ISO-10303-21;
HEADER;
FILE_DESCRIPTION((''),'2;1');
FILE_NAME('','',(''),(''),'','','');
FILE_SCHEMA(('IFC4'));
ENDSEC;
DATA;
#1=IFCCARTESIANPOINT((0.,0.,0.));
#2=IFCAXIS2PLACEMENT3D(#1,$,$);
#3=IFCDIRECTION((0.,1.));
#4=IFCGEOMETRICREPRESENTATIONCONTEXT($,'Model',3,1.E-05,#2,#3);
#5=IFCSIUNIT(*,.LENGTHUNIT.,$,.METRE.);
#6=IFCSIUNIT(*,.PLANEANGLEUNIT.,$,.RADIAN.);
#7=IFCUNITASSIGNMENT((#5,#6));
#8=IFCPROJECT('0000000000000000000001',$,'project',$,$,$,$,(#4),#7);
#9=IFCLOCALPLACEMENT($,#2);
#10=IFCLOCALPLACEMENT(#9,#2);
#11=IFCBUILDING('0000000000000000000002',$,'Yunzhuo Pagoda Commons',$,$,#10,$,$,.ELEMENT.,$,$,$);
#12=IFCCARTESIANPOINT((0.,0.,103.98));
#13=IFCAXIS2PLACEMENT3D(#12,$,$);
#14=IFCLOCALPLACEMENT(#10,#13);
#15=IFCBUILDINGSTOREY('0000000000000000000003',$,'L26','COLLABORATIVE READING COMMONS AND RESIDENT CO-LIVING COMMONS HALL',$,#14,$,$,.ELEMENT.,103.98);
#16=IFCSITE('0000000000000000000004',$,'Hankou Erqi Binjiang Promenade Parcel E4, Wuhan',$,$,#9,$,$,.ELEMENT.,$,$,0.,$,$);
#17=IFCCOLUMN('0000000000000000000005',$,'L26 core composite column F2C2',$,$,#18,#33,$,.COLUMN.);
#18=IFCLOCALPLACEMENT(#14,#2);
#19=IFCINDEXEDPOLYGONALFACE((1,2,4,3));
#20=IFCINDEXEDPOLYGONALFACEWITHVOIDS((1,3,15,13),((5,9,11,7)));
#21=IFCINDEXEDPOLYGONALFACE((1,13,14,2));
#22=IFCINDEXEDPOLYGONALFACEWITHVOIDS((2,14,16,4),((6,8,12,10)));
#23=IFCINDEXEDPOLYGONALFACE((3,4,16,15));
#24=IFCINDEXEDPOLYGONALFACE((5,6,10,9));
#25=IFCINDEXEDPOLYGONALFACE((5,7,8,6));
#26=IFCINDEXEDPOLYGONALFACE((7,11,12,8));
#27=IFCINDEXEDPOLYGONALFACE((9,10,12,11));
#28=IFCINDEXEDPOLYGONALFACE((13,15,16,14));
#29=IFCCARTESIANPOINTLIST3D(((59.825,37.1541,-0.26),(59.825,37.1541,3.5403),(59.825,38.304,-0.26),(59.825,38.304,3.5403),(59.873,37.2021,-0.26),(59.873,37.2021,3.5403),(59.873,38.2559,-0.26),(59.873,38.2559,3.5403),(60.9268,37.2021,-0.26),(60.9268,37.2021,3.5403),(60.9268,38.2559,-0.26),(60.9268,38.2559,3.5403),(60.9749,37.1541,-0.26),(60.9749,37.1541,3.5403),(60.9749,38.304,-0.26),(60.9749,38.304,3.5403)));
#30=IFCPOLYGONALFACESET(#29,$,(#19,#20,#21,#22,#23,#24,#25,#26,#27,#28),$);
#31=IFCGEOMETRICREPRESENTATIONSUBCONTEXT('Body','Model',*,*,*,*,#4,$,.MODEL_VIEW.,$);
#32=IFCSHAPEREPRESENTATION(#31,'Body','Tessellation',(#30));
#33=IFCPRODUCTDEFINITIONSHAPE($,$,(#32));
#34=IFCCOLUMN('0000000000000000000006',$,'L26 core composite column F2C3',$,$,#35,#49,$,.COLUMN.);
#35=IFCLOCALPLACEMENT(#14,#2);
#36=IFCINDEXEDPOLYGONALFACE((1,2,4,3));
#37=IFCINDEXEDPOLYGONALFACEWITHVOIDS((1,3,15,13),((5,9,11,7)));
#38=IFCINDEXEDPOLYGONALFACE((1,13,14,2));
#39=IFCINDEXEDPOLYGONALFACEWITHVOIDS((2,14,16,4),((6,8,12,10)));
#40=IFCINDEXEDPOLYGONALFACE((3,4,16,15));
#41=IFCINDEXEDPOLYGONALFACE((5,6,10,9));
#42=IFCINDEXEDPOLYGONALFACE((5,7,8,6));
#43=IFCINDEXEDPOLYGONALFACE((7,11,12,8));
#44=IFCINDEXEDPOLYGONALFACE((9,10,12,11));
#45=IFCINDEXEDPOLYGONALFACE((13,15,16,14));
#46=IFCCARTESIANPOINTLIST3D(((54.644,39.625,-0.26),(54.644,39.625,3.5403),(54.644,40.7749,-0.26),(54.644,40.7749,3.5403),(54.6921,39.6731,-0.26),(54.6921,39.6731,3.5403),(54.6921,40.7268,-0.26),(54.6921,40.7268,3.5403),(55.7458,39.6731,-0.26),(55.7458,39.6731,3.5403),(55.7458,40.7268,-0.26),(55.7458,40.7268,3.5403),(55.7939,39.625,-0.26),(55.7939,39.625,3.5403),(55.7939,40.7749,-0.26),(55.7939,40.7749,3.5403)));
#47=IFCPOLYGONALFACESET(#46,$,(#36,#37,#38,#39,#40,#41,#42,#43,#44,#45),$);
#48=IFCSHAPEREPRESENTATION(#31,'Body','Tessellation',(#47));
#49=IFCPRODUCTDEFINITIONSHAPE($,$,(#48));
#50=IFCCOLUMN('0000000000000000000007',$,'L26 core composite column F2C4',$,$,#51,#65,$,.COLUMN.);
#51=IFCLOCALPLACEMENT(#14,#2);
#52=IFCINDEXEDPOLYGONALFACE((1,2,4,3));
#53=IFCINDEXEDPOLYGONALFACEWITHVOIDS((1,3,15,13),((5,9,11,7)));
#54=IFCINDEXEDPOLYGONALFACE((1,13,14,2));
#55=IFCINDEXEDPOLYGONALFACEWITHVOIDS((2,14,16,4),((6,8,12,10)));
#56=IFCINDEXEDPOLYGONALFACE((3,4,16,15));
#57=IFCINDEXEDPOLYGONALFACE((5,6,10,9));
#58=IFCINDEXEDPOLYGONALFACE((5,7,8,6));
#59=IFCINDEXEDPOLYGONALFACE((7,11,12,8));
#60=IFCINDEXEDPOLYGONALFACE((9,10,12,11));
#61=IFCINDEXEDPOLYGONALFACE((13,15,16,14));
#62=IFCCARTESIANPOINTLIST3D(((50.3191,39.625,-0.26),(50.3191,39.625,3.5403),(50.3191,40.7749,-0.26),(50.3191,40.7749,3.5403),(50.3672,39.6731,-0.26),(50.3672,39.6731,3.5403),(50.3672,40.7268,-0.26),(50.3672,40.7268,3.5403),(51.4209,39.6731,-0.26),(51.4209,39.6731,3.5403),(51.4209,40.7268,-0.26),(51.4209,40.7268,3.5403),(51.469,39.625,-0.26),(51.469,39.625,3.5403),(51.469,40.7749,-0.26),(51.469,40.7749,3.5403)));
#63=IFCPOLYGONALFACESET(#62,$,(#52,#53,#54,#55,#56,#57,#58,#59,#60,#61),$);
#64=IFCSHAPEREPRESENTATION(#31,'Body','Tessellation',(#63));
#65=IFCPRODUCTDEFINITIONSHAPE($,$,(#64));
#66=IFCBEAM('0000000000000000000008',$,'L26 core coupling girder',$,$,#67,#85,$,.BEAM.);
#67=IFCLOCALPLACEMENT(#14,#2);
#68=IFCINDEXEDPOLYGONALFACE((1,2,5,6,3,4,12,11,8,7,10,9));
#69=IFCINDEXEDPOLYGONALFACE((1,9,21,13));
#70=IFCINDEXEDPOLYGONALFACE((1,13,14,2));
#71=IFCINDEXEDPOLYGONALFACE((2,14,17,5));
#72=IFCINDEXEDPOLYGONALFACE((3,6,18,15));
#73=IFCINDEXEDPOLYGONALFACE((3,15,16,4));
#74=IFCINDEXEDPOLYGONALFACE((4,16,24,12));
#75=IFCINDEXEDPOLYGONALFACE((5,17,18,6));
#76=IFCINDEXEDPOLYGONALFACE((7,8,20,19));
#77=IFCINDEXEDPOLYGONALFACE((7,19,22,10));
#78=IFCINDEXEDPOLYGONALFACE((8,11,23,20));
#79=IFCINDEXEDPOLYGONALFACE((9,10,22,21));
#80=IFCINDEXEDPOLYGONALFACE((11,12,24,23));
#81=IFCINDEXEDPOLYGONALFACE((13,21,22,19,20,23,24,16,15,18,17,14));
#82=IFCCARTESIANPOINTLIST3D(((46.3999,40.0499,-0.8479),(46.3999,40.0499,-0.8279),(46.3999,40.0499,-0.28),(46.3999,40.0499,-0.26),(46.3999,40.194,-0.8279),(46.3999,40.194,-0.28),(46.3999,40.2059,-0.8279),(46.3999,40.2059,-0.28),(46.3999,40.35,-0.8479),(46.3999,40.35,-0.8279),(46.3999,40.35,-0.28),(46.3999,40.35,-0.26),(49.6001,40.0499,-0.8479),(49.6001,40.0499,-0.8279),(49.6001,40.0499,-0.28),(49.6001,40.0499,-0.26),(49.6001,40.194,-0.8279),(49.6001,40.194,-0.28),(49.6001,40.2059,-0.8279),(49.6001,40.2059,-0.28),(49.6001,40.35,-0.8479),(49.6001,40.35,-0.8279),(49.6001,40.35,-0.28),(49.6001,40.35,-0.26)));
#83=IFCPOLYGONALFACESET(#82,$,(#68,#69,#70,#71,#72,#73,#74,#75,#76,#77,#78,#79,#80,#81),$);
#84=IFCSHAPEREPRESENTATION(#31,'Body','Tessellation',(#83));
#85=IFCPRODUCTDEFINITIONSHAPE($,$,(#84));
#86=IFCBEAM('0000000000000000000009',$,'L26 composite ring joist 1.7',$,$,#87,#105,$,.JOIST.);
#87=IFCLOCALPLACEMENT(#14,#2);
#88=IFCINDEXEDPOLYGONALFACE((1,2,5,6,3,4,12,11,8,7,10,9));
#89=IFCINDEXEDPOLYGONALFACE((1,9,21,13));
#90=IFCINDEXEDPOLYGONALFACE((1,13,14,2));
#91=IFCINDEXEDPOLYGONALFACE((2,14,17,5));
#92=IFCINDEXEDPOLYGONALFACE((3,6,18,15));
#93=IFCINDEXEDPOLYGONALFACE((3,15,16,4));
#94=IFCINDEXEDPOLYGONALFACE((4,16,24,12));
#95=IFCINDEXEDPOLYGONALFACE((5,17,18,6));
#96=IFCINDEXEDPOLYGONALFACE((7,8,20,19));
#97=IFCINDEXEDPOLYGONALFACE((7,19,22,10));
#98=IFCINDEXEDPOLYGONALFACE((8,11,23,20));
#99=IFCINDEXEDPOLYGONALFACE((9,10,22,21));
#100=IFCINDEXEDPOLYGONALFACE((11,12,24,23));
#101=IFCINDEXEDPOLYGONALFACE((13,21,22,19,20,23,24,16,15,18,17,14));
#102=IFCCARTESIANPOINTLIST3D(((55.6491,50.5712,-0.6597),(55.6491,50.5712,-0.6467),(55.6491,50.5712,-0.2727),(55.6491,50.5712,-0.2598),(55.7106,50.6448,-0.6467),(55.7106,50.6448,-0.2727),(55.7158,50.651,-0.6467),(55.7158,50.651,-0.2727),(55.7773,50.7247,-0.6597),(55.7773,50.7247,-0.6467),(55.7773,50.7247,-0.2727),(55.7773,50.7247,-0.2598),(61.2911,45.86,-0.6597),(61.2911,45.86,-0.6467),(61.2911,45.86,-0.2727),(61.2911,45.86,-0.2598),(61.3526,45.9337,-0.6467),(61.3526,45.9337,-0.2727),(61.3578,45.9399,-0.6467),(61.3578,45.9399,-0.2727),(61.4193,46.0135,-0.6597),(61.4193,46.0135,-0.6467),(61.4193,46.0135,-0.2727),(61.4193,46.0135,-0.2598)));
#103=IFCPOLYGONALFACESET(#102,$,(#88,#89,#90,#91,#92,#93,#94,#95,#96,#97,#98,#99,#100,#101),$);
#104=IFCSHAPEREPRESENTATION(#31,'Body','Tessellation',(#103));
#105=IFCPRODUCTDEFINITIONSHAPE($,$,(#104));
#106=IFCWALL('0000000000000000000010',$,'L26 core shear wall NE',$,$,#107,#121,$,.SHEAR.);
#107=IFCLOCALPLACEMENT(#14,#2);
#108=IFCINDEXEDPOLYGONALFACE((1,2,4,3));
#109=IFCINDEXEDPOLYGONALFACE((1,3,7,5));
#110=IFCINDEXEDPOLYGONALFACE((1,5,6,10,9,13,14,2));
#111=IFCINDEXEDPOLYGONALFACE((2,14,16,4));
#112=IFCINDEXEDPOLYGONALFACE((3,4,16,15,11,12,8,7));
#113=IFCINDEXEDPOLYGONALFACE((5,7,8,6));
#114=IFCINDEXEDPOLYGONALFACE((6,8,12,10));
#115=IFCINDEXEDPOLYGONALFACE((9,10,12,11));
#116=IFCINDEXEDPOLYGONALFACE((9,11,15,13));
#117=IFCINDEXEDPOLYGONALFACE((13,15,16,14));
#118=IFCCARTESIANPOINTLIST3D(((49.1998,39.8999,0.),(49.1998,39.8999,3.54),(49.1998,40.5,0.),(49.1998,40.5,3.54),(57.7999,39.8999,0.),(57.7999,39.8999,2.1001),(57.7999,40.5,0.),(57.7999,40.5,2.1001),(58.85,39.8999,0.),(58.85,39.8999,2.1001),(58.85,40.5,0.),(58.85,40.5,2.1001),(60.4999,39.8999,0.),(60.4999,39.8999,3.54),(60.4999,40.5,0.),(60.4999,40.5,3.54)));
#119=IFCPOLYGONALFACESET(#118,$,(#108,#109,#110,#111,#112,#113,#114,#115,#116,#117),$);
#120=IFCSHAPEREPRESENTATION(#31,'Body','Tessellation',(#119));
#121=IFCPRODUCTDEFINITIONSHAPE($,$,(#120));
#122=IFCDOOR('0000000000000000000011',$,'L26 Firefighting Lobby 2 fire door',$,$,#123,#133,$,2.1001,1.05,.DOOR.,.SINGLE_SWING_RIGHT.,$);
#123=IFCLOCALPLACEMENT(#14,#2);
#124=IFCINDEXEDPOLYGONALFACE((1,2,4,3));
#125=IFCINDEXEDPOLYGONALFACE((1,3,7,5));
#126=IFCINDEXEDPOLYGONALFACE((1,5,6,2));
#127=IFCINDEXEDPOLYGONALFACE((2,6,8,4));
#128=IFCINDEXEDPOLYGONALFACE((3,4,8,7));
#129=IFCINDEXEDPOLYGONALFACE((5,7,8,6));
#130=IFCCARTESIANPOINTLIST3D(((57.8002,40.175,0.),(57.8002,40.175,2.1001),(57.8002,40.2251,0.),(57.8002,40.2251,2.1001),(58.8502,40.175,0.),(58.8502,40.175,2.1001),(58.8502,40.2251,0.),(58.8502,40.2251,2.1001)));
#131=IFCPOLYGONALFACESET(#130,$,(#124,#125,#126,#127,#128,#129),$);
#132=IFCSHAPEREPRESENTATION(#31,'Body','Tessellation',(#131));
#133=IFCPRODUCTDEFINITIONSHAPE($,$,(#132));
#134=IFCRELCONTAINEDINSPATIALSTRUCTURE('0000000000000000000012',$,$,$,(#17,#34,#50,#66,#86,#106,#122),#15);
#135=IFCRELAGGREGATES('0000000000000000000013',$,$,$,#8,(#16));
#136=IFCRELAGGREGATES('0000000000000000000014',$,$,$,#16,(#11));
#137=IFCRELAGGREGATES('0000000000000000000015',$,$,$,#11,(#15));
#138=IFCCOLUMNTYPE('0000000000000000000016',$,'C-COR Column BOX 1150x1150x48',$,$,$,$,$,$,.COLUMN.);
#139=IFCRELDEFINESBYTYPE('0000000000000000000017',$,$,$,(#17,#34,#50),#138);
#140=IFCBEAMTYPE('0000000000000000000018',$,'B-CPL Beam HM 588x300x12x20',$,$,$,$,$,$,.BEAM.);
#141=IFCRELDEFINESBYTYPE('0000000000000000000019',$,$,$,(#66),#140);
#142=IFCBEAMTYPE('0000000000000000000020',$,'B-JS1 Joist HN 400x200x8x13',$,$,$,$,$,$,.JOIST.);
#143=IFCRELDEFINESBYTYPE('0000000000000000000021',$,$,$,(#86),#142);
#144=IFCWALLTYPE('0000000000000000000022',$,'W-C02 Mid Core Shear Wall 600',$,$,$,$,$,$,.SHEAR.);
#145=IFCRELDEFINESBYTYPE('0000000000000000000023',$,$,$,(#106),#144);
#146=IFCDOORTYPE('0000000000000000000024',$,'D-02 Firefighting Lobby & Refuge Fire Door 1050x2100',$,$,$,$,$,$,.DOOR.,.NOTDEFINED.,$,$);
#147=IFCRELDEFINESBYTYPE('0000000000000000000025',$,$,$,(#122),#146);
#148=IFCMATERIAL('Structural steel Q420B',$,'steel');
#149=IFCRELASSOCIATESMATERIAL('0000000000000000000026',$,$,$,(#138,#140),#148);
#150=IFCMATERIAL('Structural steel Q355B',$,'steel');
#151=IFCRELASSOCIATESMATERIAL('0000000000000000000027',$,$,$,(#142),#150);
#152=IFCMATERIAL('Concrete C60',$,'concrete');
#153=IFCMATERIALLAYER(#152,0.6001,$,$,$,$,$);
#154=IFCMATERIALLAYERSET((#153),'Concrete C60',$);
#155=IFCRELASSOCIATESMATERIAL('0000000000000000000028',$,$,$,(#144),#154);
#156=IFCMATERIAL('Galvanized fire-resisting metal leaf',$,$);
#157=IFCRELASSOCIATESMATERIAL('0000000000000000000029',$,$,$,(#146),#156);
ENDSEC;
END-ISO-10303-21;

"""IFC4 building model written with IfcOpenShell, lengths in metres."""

from ifc_helpers import new_model, si_unit, direction, frame, frame_2d, origin, origin_2d, place, context, subcontext, project, spatial, rectangle, hollow_rectangle, i_section, extrude, source, transform, mapped, material, layer, layer_set, material_profile, profile_set, type_object, element, fill, save


model = new_model("IFC4")

# Units and contexts
model_context = context("Model", 3, precision=1e-05, world=origin(), true_north=direction((0.0, 1.0)))
body_context = subcontext(model_context, "Body", "Model", "MODEL_VIEW")
ifc_project = project(units=[si_unit("LENGTHUNIT", "METRE"), si_unit("PLANEANGLEUNIT", "RADIAN")], contexts=[model_context])

# Site, building, storey
site_placement = place(None, origin())
site = spatial("IfcSite", under=ifc_project, at=site_placement, Name="Hankou Erqi Binjiang Promenade Parcel E4, Wuhan", CompositionType="ELEMENT", RefElevation=0.0)
building_placement = place(site_placement, origin())
building = spatial("IfcBuilding", under=site, at=building_placement, Name="Yunzhuo Pagoda Commons", CompositionType="ELEMENT")
storey_placement = place(building_placement, frame((0.0, 0.0, 103.98)))
storey = spatial("IfcBuildingStorey", under=building, at=storey_placement, Name="L26", Description="COLLABORATIVE READING COMMONS AND RESIDENT CO-LIVING COMMONS HALL", CompositionType="ELEMENT", Elevation=103.98)

# Columns
ifc_material_1 = material(Name="Structural steel Q420B", Category="steel")
ifc_material_profile_1 = material_profile(ifc_material_1, hollow_rectangle(XDim=1.1499, YDim=1.1499, WallThickness=0.0481, at=origin_2d()), Name="Structural steel Q420B")
ifc_profile_set_1 = profile_set([ifc_material_profile_1], Name="Structural steel Q420B")
column_type = type_object("IfcColumnType", Name="C-COR Column BOX 1150x1150x48", PredefinedType="COLUMN", material=ifc_profile_set_1)
shared_shape_1 = source(origin(), body_context, "Body", "SweptSolid", [
    extrude(hollow_rectangle(XDim=1.1499, YDim=1.1499, WallThickness=0.0481, at=origin_2d()), origin(), (0.0, 0.0, 1.0), 3.8003),
])
for number, where, z_axis, x_axis, name in (
    (1, (60.3999, 37.729, -0.26), (0.0, 0.0, 1.0), (1.0, 0.0, 0.0), "L26 core composite column F2C2"),
    (2, (55.219, 40.2, -0.26), (0.0, 0.0, 1.0), (1.0, 0.0, 0.0), "L26 core composite column F2C3"),
    (3, (50.894, 40.2, -0.26), (0.0, 0.0, 1.0), (1.0, 0.0, 0.0), "L26 core composite column F2C4"),
):
    element("IfcColumn", number, at=place(storey_placement, frame(where, z_axis=z_axis, x_axis=x_axis)), inside=storey, type_object=column_type, Name=name, PredefinedType="COLUMN", context=body_context, shape_type="MappedRepresentation", body=[
        mapped(shared_shape_1, transform((0.0, 0.0, 0.0), scale=1.0)),
    ])

# Beams
ifc_material_profile_2 = material_profile(ifc_material_1, i_section(OverallWidth=0.3, OverallDepth=0.5879, WebThickness=0.012, FlangeThickness=0.02, at=origin_2d()), Name="Structural steel Q420B")
ifc_profile_set_2 = profile_set([ifc_material_profile_2], Name="Structural steel Q420B")
beam_type_1 = type_object("IfcBeamType", Name="B-CPL Beam HM 588x300x12x20", PredefinedType="BEAM", material=ifc_profile_set_2)
shared_shape_2 = source(origin(), body_context, "Body", "SweptSolid", [
    extrude(i_section(OverallWidth=0.3, OverallDepth=0.5879, WebThickness=0.012, FlangeThickness=0.02, at=origin_2d()), origin(), (0.0, 0.0, 1.0), 3.2002),
])
beam_1_placement = place(storey_placement, frame((46.3999, 40.2, -0.554), z_axis=(1.0, 0.0, 0.0), x_axis=(0.0, 1.0, 0.0)))
element("IfcBeam", 4, at=beam_1_placement, inside=storey, type_object=beam_type_1, Name="L26 core coupling girder", PredefinedType="BEAM", context=body_context, shape_type="MappedRepresentation", body=[
    mapped(shared_shape_2, transform((0.0, 0.0, 0.0), scale=1.0)),
])
ifc_material_2 = material(Name="Structural steel Q355B", Category="steel")
ifc_material_profile_3 = material_profile(ifc_material_2, i_section(OverallWidth=0.2, OverallDepth=0.3999, WebThickness=0.0081, FlangeThickness=0.0129, at=origin_2d()), Name="Structural steel Q355B")
ifc_profile_set_3 = profile_set([ifc_material_profile_3], Name="Structural steel Q355B")
beam_type_2 = type_object("IfcBeamType", Name="B-JS1 Joist HN 400x200x8x13", PredefinedType="JOIST", material=ifc_profile_set_3)
shared_shape_3 = source(origin(), body_context, "Body", "SweptSolid", [
    extrude(i_section(OverallWidth=0.2, OverallDepth=0.3999, WebThickness=0.0081, FlangeThickness=0.0129, at=origin_2d()), origin(), (0.0, 0.0, 1.0), 7.3503),
])
beam_2_placement = place(storey_placement, frame((61.3552, 45.9368, -0.4597), z_axis=(-0.767589, 0.640942, 0.0), x_axis=(-0.640942, -0.767589, 0.0)))
element("IfcBeam", 5, at=beam_2_placement, inside=storey, type_object=beam_type_2, Name="L26 composite ring joist 1.7", PredefinedType="JOIST", context=body_context, shape_type="MappedRepresentation", body=[
    mapped(shared_shape_3, transform((0.0, 0.0, 0.0), scale=1.0)),
])

# Wall, opening, door
ifc_material_3 = material(Name="Concrete C60", Category="concrete")
ifc_layer_1 = layer(ifc_material_3, 0.6001)
ifc_layer_set_1 = layer_set([ifc_layer_1], Name="Concrete C60")
wall_type_1 = type_object("IfcWallType", Name="W-C02 Mid Core Shear Wall 600", PredefinedType="SHEAR", material=ifc_layer_set_1)
wall_1_placement = place(storey_placement, frame((49.2, 40.2, 0.0), z_axis=(0.0, 0.0, 1.0), x_axis=(1.0, 0.0, 0.0)))
wall_1 = element("IfcWall", 6, at=wall_1_placement, inside=storey, type_object=wall_type_1, Name="L26 core shear wall NE", PredefinedType="SHEAR", context=body_context, shape_type="SweptSolid", body=[
    extrude(rectangle(XDim=11.3, YDim=0.6001, at=frame_2d((5.6499, 0.0))), origin(), (0.0, 0.0, 1.0), 3.54),
])
opening_1_placement = place(wall_1_placement, frame((8.6001, 0.0, 0.0)))
opening_1 = element("IfcOpeningElement", 7, at=opening_1_placement, cuts=wall_1, PredefinedType="OPENING", context=body_context, shape_type="SweptSolid", body=[
    extrude(rectangle(XDim=1.05, YDim=2.1001, at=frame_2d((0.5249, 1.05))), frame((0.0, 0.3101, 0.0), z_axis=(0.0, -1.0, 0.0), x_axis=(1.0, 0.0, 0.0)), (0.0, 0.0, 1.0), 0.6201),
])
ifc_material_4 = material(Name="Galvanized fire-resisting metal leaf")
door_type_1 = type_object("IfcDoorType", Name="D-02 Firefighting Lobby & Refuge Fire Door 1050x2100", OperationType="NOTDEFINED", PredefinedType="DOOR", material=ifc_material_4)
shared_shape_4 = source(origin(), body_context, "Body", "SweptSolid", [
    extrude(rectangle(XDim=1.05, YDim=2.1001, at=frame_2d((0.5249, 1.05))), frame((0.0, 0.0249, 0.0), z_axis=(0.0, -1.0, 0.0), x_axis=(1.0, 0.0, 0.0)), (0.0, 0.0, 1.0), 0.05),
])
door_1_placement = place(opening_1_placement, frame((1.05, 0.0, 0.0), z_axis=(0.0, 0.0, 1.0), x_axis=(-1.0, 0.0, 0.0)))
door_1 = element("IfcDoor", 8, at=door_1_placement, inside=storey, type_object=door_type_1, Name="L26 Firefighting Lobby 2 fire door", OperationType="SINGLE_SWING_RIGHT", OverallHeight=2.1001, OverallWidth=1.05, PredefinedType="DOOR", context=body_context, shape_type="MappedRepresentation", body=[
    mapped(shared_shape_4, transform((0.0, 0.0, 0.0), scale=1.0)),
])
fill(opening_1, door_1)

save(model, "model.ifc")
